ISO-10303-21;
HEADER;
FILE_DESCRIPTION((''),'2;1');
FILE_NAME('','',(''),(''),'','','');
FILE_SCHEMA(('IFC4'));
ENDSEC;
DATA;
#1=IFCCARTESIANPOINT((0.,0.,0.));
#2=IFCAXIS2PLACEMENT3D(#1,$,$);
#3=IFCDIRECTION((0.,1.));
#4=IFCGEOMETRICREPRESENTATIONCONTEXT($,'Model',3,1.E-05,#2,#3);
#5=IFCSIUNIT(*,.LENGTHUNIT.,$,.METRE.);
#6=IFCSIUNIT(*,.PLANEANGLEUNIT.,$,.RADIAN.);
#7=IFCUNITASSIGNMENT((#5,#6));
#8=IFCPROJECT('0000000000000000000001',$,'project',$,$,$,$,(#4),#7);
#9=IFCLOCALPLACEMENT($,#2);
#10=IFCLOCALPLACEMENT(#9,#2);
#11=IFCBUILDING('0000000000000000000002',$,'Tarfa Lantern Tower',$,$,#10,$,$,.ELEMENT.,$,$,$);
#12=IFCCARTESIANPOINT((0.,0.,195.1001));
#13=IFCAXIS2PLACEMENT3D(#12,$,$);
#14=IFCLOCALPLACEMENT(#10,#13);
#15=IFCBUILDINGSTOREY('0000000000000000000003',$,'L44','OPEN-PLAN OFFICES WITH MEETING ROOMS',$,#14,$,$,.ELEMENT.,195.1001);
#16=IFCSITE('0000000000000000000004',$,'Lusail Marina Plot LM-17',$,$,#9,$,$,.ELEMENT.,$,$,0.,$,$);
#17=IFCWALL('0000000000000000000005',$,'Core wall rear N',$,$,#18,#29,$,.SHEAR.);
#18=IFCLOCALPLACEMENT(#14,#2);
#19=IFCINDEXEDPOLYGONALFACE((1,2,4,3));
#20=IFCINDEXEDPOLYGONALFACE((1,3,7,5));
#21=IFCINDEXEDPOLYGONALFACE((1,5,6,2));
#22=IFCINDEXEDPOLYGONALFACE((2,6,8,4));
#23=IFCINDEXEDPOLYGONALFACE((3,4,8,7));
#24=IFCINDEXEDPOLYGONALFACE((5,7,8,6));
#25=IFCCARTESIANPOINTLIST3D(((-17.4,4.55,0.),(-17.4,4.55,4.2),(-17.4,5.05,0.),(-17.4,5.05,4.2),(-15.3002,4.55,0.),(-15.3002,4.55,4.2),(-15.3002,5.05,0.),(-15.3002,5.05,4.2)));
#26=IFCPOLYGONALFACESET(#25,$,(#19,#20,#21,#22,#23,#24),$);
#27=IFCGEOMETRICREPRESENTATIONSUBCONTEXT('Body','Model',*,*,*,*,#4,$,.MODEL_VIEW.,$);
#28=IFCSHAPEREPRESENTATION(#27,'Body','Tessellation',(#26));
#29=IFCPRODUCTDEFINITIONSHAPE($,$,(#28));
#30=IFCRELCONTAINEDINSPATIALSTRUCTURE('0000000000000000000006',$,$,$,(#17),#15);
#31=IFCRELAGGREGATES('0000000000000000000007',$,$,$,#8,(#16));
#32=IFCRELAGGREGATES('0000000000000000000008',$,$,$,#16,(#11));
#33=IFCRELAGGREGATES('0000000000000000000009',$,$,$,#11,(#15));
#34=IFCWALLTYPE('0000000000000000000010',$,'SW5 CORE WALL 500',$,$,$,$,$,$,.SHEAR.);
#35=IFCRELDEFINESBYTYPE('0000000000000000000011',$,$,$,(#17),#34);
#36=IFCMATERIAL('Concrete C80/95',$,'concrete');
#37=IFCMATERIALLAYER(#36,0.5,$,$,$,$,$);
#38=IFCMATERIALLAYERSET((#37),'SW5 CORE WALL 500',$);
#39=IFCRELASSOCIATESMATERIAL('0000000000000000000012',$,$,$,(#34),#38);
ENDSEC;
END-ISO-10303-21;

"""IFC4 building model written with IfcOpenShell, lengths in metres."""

from ifc_helpers import new_model, si_unit, direction, frame, frame_2d, origin, place, context, subcontext, project, spatial, rectangle, extrude, material, layer, layer_set, type_object, element, save


model = new_model("IFC4")

# Units and contexts
model_context = context("Model", 3, precision=1e-05, world=origin(), true_north=direction((0.0, 1.0)))
body_context = subcontext(model_context, "Body", "Model", "MODEL_VIEW")
ifc_project = project(units=[si_unit("LENGTHUNIT", "METRE"), si_unit("PLANEANGLEUNIT", "RADIAN")], contexts=[model_context])

# Site, building, storey
site_placement = place(None, origin())
site = spatial("IfcSite", under=ifc_project, at=site_placement, Name="Lusail Marina Plot LM-17", CompositionType="ELEMENT", RefElevation=0.0)
building_placement = place(site_placement, origin())
building = spatial("IfcBuilding", under=site, at=building_placement, Name="Tarfa Lantern Tower", CompositionType="ELEMENT")
storey_placement = place(building_placement, frame((0.0, 0.0, 195.1001)))
storey = spatial("IfcBuildingStorey", under=building, at=storey_placement, Name="L44", Description="OPEN-PLAN OFFICES WITH MEETING ROOMS", CompositionType="ELEMENT", Elevation=195.1001)

# Shared definitions
ifc_material_1 = material(Name="Concrete C80/95", Category="concrete")

# Wall
ifc_layer_1 = layer(ifc_material_1, 0.5)
ifc_layer_set_1 = layer_set([ifc_layer_1], Name="SW5 CORE WALL 500")
wall_type_1 = type_object("IfcWallType", Name="SW5 CORE WALL 500", PredefinedType="SHEAR", material=ifc_layer_set_1)
wall_1_placement = place(storey_placement, frame((-17.3999, 4.8, 0.0), z_axis=(0.0, 0.0, 1.0), x_axis=(1.0, 0.0, 0.0)))
element("IfcWall", 1, at=wall_1_placement, inside=storey, type_object=wall_type_1, Name="Core wall rear N", PredefinedType="SHEAR", context=body_context, shape_type="SweptSolid", body=[
    extrude(rectangle(XDim=2.0999, YDim=0.5, at=frame_2d((1.0498, 0.0))), origin(), (0.0, 0.0, 1.0), 4.2),
])

save(model, "model.ifc")
